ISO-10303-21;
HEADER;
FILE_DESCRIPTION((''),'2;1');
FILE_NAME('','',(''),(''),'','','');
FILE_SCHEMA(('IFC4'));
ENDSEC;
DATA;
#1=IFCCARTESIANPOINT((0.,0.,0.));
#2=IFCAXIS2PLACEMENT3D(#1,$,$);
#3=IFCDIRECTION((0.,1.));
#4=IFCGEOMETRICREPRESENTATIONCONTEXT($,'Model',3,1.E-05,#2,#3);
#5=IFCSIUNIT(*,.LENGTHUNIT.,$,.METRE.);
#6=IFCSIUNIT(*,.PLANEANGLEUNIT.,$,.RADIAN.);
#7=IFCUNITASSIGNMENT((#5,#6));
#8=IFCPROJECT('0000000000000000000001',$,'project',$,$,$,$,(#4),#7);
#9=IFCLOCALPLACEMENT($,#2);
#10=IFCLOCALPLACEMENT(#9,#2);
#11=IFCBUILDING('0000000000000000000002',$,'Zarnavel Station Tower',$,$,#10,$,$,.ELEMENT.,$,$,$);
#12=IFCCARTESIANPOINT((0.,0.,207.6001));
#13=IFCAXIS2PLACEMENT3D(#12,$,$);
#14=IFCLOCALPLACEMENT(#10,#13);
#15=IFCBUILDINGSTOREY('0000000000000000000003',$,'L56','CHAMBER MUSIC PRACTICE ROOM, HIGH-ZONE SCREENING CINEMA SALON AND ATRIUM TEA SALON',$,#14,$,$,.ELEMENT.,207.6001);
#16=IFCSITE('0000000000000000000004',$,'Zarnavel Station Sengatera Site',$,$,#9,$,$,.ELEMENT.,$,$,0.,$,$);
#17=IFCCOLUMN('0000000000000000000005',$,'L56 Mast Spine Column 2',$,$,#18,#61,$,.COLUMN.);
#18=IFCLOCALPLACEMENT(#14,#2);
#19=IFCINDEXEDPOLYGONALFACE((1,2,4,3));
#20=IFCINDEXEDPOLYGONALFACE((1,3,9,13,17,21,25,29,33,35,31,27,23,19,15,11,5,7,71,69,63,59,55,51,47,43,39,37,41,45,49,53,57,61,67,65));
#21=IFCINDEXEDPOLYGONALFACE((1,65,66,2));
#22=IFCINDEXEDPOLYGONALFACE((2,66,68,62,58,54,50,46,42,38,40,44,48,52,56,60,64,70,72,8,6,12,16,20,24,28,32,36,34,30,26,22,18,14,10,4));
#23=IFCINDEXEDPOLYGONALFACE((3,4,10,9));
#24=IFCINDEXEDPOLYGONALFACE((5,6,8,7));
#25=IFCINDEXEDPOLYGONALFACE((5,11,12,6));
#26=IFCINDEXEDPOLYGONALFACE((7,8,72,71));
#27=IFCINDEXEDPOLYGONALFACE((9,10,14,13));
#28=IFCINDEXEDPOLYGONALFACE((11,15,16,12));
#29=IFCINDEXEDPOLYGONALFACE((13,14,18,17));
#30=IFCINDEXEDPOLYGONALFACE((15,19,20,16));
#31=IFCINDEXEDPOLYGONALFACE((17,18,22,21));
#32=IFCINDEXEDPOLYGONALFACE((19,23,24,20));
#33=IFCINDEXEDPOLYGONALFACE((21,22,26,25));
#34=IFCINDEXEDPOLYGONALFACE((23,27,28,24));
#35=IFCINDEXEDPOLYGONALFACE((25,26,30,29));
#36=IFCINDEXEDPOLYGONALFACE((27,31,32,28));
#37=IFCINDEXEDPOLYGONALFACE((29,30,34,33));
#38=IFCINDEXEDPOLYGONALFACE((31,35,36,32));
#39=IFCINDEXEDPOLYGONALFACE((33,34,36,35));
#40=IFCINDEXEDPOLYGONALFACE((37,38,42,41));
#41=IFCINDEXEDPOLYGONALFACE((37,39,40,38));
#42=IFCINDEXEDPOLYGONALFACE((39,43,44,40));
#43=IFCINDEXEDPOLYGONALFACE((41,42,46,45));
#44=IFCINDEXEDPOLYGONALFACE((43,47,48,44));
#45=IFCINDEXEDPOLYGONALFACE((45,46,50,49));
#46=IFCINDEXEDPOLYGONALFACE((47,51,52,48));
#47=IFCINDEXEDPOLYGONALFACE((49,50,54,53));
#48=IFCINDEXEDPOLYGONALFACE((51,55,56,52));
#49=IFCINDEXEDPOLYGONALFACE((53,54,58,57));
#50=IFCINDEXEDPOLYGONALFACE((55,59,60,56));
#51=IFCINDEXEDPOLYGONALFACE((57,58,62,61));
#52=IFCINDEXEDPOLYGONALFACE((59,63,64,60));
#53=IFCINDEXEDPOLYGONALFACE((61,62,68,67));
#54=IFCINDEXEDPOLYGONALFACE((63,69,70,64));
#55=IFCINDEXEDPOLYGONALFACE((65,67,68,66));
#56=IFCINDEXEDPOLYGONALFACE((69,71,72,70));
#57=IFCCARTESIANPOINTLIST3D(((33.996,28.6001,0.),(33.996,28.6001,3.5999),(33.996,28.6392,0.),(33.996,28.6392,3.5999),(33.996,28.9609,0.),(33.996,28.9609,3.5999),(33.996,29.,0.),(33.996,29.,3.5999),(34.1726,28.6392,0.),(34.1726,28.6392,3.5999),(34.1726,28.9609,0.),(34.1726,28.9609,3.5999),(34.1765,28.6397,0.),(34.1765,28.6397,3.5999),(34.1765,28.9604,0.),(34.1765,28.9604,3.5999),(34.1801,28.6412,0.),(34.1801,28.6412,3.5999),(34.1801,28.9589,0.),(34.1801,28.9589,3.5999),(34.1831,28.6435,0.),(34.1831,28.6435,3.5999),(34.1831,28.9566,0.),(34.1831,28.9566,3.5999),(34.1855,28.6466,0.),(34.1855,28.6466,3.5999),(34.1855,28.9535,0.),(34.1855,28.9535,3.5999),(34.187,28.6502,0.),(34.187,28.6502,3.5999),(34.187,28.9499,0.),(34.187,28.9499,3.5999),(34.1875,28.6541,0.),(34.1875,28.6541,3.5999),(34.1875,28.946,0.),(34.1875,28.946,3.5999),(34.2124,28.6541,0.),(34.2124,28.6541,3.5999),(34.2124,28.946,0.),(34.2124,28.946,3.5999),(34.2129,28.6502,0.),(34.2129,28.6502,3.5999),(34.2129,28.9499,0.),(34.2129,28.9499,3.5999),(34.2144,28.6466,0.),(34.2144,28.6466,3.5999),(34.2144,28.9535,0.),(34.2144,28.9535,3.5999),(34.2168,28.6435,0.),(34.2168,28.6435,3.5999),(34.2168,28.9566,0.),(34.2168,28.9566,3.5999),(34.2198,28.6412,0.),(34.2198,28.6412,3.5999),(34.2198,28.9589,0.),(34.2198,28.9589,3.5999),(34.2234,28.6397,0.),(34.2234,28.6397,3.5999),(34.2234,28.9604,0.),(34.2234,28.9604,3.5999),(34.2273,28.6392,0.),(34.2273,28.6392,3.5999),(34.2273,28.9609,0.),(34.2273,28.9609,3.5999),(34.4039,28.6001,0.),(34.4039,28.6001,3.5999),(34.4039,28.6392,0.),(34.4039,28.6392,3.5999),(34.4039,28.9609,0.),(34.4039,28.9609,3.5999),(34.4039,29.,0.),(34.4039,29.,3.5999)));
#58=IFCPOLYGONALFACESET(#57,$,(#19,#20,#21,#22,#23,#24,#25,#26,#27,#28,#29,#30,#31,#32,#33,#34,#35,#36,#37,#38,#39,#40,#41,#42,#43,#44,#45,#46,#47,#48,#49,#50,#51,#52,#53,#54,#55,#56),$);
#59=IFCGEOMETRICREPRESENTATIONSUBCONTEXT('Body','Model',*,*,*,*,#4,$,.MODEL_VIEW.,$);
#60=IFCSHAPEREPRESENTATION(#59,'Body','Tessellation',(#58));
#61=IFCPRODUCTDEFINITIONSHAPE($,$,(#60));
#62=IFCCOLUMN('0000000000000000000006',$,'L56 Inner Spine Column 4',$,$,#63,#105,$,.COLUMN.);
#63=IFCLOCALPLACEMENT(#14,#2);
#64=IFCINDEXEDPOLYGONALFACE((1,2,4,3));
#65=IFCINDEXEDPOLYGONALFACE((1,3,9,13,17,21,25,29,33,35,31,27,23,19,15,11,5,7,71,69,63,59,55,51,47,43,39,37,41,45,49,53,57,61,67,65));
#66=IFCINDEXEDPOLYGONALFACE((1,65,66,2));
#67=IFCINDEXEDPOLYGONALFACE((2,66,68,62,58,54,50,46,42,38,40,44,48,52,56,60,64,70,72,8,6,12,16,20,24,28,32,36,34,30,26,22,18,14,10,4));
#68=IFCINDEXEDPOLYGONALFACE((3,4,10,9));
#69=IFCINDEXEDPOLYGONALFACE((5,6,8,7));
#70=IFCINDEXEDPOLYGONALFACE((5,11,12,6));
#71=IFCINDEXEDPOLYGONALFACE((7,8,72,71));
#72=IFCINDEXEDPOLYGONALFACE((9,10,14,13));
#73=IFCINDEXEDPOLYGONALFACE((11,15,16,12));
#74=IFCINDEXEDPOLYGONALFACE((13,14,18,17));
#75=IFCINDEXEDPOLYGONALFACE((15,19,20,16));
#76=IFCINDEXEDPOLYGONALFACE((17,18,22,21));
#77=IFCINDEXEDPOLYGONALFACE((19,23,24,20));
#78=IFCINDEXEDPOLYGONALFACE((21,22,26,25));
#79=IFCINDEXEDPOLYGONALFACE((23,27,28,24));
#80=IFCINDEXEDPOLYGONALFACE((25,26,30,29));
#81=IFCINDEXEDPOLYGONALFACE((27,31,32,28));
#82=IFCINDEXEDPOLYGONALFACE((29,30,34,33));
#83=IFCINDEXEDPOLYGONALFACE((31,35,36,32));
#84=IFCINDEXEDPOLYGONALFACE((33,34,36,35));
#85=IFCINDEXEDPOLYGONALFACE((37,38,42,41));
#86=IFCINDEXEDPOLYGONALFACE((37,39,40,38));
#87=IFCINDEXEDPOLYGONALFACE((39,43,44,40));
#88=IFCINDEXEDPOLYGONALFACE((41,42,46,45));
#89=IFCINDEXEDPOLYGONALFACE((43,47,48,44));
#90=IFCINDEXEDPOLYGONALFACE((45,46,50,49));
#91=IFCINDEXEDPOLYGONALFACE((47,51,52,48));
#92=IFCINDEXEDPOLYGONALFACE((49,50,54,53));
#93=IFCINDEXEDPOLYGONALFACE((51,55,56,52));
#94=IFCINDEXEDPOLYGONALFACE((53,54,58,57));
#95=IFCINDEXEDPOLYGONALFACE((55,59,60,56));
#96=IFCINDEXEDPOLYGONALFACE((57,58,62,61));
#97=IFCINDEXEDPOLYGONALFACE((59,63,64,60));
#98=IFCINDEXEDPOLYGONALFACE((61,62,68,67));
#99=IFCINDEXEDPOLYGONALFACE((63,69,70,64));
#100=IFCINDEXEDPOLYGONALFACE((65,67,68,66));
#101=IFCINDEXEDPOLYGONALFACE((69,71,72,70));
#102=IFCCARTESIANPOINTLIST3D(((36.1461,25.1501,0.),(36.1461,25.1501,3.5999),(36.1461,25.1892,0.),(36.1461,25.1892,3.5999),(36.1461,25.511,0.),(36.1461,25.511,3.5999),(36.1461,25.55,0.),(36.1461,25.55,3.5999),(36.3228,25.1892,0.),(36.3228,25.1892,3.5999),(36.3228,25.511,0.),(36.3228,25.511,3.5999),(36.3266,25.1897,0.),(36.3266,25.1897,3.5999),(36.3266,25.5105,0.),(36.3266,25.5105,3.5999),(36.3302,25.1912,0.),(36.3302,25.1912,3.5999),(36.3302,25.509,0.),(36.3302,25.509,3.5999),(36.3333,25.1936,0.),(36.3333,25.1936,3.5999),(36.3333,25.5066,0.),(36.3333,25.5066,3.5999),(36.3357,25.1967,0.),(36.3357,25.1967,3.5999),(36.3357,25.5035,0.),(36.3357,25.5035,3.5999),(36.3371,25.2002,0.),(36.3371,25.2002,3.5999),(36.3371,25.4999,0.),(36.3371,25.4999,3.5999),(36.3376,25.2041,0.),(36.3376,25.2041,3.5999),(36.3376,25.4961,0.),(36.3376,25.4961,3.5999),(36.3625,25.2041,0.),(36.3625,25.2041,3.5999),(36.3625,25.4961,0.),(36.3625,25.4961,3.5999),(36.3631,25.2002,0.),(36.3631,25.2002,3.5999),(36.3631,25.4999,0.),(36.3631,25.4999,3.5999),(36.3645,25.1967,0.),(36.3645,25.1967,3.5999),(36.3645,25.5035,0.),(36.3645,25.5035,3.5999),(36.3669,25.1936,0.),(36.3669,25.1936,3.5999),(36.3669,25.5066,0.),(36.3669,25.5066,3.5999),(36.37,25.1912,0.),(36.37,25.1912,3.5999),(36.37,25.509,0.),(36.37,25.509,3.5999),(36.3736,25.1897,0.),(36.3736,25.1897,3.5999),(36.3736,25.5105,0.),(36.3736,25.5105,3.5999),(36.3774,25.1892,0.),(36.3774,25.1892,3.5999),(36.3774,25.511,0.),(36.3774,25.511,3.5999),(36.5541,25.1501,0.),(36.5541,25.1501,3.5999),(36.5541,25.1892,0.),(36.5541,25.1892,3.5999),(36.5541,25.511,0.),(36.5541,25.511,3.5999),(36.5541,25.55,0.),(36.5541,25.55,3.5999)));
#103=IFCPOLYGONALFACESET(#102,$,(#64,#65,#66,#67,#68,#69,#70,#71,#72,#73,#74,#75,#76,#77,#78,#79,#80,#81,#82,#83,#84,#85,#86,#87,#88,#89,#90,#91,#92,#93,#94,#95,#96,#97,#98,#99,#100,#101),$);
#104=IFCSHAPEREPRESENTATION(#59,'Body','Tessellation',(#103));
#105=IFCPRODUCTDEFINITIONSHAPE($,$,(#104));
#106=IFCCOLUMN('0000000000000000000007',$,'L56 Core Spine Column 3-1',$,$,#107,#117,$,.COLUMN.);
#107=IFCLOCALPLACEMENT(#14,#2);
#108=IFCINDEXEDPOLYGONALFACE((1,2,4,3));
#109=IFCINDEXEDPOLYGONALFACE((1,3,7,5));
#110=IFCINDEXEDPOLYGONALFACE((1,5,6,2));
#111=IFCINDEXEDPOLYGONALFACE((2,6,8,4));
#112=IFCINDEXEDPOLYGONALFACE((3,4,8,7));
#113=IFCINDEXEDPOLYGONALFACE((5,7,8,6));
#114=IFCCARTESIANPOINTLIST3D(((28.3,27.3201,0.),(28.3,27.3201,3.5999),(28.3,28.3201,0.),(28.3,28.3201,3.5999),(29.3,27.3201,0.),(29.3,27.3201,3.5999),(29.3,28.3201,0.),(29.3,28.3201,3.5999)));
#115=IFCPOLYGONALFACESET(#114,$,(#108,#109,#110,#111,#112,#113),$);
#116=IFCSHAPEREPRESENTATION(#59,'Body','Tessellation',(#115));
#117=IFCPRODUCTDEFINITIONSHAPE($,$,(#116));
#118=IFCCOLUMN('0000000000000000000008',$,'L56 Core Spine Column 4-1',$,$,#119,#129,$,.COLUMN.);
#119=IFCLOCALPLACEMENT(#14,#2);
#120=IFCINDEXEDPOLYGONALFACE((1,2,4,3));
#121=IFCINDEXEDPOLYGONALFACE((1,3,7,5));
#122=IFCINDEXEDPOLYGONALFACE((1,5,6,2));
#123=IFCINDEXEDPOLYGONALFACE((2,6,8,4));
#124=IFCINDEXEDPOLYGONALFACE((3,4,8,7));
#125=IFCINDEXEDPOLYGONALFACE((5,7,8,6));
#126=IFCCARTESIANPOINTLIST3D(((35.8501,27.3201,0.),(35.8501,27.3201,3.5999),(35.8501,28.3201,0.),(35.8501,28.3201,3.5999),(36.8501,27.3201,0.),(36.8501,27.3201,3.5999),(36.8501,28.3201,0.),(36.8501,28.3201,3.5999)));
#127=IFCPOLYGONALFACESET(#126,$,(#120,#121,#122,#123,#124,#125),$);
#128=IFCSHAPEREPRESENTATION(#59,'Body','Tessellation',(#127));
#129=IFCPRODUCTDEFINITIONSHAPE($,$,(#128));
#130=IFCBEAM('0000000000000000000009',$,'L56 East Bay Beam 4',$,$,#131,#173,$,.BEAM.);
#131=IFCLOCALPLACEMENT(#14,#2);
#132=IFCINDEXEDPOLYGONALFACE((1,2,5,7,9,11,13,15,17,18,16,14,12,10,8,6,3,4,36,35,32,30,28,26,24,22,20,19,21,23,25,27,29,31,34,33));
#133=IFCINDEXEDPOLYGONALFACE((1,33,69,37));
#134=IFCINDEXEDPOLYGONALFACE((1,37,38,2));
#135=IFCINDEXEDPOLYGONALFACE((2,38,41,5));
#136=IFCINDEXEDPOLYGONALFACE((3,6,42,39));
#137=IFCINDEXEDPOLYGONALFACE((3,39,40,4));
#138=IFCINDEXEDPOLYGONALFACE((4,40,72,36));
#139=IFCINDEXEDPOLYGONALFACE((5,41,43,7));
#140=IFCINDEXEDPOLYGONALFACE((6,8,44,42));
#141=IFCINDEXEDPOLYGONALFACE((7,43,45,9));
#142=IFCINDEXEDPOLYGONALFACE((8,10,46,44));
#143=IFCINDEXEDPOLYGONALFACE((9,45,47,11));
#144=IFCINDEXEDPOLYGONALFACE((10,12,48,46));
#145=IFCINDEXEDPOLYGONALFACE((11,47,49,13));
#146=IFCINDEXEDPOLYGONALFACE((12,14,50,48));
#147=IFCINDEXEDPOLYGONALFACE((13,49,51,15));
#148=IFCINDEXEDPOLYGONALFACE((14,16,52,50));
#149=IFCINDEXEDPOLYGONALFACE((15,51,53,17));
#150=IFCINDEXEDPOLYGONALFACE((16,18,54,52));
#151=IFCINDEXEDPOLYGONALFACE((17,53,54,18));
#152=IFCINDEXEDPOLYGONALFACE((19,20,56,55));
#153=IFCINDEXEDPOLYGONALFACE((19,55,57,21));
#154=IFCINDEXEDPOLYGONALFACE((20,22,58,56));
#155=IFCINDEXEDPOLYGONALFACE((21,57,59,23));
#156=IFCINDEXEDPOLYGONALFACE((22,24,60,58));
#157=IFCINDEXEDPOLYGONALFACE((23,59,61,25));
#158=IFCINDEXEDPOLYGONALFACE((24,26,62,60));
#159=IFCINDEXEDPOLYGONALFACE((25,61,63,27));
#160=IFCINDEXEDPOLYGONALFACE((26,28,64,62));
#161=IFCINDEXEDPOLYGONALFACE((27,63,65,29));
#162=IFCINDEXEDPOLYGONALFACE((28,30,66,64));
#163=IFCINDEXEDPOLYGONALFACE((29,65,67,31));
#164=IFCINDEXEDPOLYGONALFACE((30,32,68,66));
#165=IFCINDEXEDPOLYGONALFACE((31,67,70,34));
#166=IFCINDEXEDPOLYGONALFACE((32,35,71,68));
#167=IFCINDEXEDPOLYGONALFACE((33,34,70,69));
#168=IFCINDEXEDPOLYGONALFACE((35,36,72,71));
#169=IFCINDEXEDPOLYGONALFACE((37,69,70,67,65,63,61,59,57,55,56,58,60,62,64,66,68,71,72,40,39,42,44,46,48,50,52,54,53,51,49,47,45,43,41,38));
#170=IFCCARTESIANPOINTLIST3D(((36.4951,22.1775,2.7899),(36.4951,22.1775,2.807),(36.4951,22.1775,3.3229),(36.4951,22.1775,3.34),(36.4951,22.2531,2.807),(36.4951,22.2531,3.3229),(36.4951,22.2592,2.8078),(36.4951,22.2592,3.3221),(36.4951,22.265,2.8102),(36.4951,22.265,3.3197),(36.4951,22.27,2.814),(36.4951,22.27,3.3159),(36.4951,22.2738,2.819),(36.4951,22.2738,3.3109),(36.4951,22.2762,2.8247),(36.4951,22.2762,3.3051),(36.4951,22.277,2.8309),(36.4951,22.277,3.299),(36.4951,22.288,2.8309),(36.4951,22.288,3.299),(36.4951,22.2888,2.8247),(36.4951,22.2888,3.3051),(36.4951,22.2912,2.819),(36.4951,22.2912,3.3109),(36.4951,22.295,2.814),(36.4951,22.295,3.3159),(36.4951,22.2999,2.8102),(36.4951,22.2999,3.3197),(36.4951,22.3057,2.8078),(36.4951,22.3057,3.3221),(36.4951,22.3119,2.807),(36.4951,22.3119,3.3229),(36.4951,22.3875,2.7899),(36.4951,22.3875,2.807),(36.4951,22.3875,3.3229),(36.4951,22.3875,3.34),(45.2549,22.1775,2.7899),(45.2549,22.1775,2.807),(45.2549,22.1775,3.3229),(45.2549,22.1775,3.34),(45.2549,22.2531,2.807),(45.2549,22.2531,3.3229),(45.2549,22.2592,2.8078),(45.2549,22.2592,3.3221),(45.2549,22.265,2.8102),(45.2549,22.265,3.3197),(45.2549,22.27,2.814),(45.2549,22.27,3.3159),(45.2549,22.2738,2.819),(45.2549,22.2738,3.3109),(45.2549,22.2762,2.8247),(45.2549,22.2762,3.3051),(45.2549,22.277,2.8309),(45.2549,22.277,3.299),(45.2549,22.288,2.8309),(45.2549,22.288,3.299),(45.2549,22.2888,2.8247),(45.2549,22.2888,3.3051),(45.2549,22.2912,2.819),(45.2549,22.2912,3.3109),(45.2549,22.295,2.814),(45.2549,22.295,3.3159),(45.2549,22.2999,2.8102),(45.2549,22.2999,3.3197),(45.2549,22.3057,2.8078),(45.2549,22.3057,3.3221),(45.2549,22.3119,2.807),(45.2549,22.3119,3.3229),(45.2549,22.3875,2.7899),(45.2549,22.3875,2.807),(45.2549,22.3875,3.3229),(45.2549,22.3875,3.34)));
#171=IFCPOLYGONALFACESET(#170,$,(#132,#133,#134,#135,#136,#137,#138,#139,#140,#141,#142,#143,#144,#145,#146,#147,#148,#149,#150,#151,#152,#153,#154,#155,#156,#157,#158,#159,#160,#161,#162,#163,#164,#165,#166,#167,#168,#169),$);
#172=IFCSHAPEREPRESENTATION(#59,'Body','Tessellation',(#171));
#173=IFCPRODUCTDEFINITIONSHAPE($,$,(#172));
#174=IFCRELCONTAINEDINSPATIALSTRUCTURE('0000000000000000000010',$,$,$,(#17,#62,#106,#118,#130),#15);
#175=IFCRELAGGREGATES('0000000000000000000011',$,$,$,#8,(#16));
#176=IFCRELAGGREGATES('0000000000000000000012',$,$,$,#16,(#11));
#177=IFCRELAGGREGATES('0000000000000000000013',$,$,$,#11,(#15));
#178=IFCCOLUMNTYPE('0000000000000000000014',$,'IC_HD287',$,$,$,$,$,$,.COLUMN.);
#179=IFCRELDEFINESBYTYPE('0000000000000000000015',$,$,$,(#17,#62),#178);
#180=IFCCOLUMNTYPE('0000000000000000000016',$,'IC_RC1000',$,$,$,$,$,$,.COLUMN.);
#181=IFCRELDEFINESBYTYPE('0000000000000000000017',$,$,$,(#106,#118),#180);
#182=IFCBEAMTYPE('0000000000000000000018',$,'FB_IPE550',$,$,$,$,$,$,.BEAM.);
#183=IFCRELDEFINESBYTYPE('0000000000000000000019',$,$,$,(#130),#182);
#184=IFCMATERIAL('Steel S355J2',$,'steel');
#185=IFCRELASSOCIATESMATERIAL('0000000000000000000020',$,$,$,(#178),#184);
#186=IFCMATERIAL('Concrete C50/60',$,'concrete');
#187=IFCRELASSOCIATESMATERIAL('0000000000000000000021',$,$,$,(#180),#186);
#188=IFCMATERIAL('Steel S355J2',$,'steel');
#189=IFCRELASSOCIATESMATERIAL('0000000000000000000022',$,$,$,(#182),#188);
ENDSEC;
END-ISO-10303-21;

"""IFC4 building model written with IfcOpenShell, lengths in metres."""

from ifc_helpers import new_model, si_unit, direction, frame, origin, origin_2d, place, context, subcontext, project, spatial, rectangle, i_section, extrude, material, material_profile, profile_set, type_object, element, save


model = new_model("IFC4")

# Units and contexts
model_context = context("Model", 3, precision=1e-05, world=origin(), true_north=direction((0.0, 1.0)))
body_context = subcontext(model_context, "Body", "Model", "MODEL_VIEW")
ifc_project = project(units=[si_unit("LENGTHUNIT", "METRE"), si_unit("PLANEANGLEUNIT", "RADIAN")], contexts=[model_context])

# Site, building, storey
site_placement = place(None, origin())
site = spatial("IfcSite", under=ifc_project, at=site_placement, Name="Zarnavel Station Sengatera Site", CompositionType="ELEMENT", RefElevation=0.0)
building_placement = place(site_placement, origin())
building = spatial("IfcBuilding", under=site, at=building_placement, Name="Zarnavel Station Tower", CompositionType="ELEMENT")
storey_placement = place(building_placement, frame((0.0, 0.0, 207.6001)))
storey = spatial("IfcBuildingStorey", under=building, at=storey_placement, Name="L56", Description="CHAMBER MUSIC PRACTICE ROOM, HIGH-ZONE SCREENING CINEMA SALON AND ATRIUM TEA SALON", CompositionType="ELEMENT", Elevation=207.6001)

# Columns
ifc_material_1 = material(Name="Steel S355J2", Category="steel")
ifc_material_profile_1 = material_profile(ifc_material_1, i_section(OverallWidth=0.408, OverallDepth=0.3999, WebThickness=0.0249, FlangeThickness=0.0391, FilletRadius=0.0149, at=origin_2d()), Name="HD400x287")
ifc_profile_set_1 = profile_set([ifc_material_profile_1], Name="Steel S355J2")
column_type_1 = type_object("IfcColumnType", Name="IC_HD287", PredefinedType="COLUMN", material=ifc_profile_set_1)
for number, where, z_axis, x_axis, name in (
    (1, (34.2, 28.8, 0.0), (0.0, 0.0, 1.0), (1.0, 0.0, 0.0), "L56 Mast Spine Column 2"),
    (2, (36.3501, 25.3501, 0.0), (0.0, 0.0, 1.0), (1.0, 0.0, 0.0), "L56 Inner Spine Column 4"),
):
    element("IfcColumn", number, at=place(storey_placement, frame(where, z_axis=z_axis, x_axis=x_axis)), inside=storey, type_object=column_type_1, Name=name, PredefinedType="COLUMN", context=body_context, shape_type="SweptSolid", body=[
        extrude(i_section(OverallWidth=0.408, OverallDepth=0.3999, WebThickness=0.0249, FlangeThickness=0.0391, FilletRadius=0.0149, at=origin_2d()), origin(), (0.0, 0.0, 1.0), 3.5999),
    ])
ifc_material_2 = material(Name="Concrete C50/60", Category="concrete")
ifc_material_profile_2 = material_profile(ifc_material_2, rectangle(XDim=1.0, YDim=1.0, at=origin_2d()), Name="RC1000x1000")
ifc_profile_set_2 = profile_set([ifc_material_profile_2], Name="Concrete C50/60")
column_type_2 = type_object("IfcColumnType", Name="IC_RC1000", PredefinedType="COLUMN", material=ifc_profile_set_2)
for number, where, z_axis, x_axis, name in (
    (3, (28.8, 27.8201, 0.0), (0.0, 0.0, 1.0), (1.0, 0.0, 0.0), "L56 Core Spine Column 3-1"),
    (4, (36.3501, 27.8201, 0.0), (0.0, 0.0, 1.0), (1.0, 0.0, 0.0), "L56 Core Spine Column 4-1"),
):
    element("IfcColumn", number, at=place(storey_placement, frame(where, z_axis=z_axis, x_axis=x_axis)), inside=storey, type_object=column_type_2, Name=name, PredefinedType="COLUMN", context=body_context, shape_type="SweptSolid", body=[
        extrude(rectangle(XDim=1.0, YDim=1.0, at=origin_2d()), origin(), (0.0, 0.0, 1.0), 3.5999),
    ])

# Beam
ifc_material_3 = material(Name="Steel S355J2", Category="steel")
ifc_material_profile_3 = material_profile(ifc_material_3, i_section(OverallWidth=0.21, OverallDepth=0.55, WebThickness=0.011, FlangeThickness=0.0171, FilletRadius=0.0239, at=origin_2d()), Name="IPE550")
ifc_profile_set_3 = profile_set([ifc_material_profile_3], Name="Steel S355J2")
beam_type_1 = type_object("IfcBeamType", Name="FB_IPE550", PredefinedType="BEAM", material=ifc_profile_set_3)
beam_1_placement = place(storey_placement, frame((36.4951, 22.2825, 3.0649), z_axis=(1.0, 0.0, 0.0), x_axis=(0.0, 1.0, 0.0)))
element("IfcBeam", 5, at=beam_1_placement, inside=storey, type_object=beam_type_1, Name="L56 East Bay Beam 4", PredefinedType="BEAM", context=body_context, shape_type="SweptSolid", body=[
    extrude(i_section(OverallWidth=0.21, OverallDepth=0.55, WebThickness=0.011, FlangeThickness=0.0171, FilletRadius=0.0239, at=origin_2d()), origin(), (0.0, 0.0, 1.0), 8.7598),
])

save(model, "model.ifc")
